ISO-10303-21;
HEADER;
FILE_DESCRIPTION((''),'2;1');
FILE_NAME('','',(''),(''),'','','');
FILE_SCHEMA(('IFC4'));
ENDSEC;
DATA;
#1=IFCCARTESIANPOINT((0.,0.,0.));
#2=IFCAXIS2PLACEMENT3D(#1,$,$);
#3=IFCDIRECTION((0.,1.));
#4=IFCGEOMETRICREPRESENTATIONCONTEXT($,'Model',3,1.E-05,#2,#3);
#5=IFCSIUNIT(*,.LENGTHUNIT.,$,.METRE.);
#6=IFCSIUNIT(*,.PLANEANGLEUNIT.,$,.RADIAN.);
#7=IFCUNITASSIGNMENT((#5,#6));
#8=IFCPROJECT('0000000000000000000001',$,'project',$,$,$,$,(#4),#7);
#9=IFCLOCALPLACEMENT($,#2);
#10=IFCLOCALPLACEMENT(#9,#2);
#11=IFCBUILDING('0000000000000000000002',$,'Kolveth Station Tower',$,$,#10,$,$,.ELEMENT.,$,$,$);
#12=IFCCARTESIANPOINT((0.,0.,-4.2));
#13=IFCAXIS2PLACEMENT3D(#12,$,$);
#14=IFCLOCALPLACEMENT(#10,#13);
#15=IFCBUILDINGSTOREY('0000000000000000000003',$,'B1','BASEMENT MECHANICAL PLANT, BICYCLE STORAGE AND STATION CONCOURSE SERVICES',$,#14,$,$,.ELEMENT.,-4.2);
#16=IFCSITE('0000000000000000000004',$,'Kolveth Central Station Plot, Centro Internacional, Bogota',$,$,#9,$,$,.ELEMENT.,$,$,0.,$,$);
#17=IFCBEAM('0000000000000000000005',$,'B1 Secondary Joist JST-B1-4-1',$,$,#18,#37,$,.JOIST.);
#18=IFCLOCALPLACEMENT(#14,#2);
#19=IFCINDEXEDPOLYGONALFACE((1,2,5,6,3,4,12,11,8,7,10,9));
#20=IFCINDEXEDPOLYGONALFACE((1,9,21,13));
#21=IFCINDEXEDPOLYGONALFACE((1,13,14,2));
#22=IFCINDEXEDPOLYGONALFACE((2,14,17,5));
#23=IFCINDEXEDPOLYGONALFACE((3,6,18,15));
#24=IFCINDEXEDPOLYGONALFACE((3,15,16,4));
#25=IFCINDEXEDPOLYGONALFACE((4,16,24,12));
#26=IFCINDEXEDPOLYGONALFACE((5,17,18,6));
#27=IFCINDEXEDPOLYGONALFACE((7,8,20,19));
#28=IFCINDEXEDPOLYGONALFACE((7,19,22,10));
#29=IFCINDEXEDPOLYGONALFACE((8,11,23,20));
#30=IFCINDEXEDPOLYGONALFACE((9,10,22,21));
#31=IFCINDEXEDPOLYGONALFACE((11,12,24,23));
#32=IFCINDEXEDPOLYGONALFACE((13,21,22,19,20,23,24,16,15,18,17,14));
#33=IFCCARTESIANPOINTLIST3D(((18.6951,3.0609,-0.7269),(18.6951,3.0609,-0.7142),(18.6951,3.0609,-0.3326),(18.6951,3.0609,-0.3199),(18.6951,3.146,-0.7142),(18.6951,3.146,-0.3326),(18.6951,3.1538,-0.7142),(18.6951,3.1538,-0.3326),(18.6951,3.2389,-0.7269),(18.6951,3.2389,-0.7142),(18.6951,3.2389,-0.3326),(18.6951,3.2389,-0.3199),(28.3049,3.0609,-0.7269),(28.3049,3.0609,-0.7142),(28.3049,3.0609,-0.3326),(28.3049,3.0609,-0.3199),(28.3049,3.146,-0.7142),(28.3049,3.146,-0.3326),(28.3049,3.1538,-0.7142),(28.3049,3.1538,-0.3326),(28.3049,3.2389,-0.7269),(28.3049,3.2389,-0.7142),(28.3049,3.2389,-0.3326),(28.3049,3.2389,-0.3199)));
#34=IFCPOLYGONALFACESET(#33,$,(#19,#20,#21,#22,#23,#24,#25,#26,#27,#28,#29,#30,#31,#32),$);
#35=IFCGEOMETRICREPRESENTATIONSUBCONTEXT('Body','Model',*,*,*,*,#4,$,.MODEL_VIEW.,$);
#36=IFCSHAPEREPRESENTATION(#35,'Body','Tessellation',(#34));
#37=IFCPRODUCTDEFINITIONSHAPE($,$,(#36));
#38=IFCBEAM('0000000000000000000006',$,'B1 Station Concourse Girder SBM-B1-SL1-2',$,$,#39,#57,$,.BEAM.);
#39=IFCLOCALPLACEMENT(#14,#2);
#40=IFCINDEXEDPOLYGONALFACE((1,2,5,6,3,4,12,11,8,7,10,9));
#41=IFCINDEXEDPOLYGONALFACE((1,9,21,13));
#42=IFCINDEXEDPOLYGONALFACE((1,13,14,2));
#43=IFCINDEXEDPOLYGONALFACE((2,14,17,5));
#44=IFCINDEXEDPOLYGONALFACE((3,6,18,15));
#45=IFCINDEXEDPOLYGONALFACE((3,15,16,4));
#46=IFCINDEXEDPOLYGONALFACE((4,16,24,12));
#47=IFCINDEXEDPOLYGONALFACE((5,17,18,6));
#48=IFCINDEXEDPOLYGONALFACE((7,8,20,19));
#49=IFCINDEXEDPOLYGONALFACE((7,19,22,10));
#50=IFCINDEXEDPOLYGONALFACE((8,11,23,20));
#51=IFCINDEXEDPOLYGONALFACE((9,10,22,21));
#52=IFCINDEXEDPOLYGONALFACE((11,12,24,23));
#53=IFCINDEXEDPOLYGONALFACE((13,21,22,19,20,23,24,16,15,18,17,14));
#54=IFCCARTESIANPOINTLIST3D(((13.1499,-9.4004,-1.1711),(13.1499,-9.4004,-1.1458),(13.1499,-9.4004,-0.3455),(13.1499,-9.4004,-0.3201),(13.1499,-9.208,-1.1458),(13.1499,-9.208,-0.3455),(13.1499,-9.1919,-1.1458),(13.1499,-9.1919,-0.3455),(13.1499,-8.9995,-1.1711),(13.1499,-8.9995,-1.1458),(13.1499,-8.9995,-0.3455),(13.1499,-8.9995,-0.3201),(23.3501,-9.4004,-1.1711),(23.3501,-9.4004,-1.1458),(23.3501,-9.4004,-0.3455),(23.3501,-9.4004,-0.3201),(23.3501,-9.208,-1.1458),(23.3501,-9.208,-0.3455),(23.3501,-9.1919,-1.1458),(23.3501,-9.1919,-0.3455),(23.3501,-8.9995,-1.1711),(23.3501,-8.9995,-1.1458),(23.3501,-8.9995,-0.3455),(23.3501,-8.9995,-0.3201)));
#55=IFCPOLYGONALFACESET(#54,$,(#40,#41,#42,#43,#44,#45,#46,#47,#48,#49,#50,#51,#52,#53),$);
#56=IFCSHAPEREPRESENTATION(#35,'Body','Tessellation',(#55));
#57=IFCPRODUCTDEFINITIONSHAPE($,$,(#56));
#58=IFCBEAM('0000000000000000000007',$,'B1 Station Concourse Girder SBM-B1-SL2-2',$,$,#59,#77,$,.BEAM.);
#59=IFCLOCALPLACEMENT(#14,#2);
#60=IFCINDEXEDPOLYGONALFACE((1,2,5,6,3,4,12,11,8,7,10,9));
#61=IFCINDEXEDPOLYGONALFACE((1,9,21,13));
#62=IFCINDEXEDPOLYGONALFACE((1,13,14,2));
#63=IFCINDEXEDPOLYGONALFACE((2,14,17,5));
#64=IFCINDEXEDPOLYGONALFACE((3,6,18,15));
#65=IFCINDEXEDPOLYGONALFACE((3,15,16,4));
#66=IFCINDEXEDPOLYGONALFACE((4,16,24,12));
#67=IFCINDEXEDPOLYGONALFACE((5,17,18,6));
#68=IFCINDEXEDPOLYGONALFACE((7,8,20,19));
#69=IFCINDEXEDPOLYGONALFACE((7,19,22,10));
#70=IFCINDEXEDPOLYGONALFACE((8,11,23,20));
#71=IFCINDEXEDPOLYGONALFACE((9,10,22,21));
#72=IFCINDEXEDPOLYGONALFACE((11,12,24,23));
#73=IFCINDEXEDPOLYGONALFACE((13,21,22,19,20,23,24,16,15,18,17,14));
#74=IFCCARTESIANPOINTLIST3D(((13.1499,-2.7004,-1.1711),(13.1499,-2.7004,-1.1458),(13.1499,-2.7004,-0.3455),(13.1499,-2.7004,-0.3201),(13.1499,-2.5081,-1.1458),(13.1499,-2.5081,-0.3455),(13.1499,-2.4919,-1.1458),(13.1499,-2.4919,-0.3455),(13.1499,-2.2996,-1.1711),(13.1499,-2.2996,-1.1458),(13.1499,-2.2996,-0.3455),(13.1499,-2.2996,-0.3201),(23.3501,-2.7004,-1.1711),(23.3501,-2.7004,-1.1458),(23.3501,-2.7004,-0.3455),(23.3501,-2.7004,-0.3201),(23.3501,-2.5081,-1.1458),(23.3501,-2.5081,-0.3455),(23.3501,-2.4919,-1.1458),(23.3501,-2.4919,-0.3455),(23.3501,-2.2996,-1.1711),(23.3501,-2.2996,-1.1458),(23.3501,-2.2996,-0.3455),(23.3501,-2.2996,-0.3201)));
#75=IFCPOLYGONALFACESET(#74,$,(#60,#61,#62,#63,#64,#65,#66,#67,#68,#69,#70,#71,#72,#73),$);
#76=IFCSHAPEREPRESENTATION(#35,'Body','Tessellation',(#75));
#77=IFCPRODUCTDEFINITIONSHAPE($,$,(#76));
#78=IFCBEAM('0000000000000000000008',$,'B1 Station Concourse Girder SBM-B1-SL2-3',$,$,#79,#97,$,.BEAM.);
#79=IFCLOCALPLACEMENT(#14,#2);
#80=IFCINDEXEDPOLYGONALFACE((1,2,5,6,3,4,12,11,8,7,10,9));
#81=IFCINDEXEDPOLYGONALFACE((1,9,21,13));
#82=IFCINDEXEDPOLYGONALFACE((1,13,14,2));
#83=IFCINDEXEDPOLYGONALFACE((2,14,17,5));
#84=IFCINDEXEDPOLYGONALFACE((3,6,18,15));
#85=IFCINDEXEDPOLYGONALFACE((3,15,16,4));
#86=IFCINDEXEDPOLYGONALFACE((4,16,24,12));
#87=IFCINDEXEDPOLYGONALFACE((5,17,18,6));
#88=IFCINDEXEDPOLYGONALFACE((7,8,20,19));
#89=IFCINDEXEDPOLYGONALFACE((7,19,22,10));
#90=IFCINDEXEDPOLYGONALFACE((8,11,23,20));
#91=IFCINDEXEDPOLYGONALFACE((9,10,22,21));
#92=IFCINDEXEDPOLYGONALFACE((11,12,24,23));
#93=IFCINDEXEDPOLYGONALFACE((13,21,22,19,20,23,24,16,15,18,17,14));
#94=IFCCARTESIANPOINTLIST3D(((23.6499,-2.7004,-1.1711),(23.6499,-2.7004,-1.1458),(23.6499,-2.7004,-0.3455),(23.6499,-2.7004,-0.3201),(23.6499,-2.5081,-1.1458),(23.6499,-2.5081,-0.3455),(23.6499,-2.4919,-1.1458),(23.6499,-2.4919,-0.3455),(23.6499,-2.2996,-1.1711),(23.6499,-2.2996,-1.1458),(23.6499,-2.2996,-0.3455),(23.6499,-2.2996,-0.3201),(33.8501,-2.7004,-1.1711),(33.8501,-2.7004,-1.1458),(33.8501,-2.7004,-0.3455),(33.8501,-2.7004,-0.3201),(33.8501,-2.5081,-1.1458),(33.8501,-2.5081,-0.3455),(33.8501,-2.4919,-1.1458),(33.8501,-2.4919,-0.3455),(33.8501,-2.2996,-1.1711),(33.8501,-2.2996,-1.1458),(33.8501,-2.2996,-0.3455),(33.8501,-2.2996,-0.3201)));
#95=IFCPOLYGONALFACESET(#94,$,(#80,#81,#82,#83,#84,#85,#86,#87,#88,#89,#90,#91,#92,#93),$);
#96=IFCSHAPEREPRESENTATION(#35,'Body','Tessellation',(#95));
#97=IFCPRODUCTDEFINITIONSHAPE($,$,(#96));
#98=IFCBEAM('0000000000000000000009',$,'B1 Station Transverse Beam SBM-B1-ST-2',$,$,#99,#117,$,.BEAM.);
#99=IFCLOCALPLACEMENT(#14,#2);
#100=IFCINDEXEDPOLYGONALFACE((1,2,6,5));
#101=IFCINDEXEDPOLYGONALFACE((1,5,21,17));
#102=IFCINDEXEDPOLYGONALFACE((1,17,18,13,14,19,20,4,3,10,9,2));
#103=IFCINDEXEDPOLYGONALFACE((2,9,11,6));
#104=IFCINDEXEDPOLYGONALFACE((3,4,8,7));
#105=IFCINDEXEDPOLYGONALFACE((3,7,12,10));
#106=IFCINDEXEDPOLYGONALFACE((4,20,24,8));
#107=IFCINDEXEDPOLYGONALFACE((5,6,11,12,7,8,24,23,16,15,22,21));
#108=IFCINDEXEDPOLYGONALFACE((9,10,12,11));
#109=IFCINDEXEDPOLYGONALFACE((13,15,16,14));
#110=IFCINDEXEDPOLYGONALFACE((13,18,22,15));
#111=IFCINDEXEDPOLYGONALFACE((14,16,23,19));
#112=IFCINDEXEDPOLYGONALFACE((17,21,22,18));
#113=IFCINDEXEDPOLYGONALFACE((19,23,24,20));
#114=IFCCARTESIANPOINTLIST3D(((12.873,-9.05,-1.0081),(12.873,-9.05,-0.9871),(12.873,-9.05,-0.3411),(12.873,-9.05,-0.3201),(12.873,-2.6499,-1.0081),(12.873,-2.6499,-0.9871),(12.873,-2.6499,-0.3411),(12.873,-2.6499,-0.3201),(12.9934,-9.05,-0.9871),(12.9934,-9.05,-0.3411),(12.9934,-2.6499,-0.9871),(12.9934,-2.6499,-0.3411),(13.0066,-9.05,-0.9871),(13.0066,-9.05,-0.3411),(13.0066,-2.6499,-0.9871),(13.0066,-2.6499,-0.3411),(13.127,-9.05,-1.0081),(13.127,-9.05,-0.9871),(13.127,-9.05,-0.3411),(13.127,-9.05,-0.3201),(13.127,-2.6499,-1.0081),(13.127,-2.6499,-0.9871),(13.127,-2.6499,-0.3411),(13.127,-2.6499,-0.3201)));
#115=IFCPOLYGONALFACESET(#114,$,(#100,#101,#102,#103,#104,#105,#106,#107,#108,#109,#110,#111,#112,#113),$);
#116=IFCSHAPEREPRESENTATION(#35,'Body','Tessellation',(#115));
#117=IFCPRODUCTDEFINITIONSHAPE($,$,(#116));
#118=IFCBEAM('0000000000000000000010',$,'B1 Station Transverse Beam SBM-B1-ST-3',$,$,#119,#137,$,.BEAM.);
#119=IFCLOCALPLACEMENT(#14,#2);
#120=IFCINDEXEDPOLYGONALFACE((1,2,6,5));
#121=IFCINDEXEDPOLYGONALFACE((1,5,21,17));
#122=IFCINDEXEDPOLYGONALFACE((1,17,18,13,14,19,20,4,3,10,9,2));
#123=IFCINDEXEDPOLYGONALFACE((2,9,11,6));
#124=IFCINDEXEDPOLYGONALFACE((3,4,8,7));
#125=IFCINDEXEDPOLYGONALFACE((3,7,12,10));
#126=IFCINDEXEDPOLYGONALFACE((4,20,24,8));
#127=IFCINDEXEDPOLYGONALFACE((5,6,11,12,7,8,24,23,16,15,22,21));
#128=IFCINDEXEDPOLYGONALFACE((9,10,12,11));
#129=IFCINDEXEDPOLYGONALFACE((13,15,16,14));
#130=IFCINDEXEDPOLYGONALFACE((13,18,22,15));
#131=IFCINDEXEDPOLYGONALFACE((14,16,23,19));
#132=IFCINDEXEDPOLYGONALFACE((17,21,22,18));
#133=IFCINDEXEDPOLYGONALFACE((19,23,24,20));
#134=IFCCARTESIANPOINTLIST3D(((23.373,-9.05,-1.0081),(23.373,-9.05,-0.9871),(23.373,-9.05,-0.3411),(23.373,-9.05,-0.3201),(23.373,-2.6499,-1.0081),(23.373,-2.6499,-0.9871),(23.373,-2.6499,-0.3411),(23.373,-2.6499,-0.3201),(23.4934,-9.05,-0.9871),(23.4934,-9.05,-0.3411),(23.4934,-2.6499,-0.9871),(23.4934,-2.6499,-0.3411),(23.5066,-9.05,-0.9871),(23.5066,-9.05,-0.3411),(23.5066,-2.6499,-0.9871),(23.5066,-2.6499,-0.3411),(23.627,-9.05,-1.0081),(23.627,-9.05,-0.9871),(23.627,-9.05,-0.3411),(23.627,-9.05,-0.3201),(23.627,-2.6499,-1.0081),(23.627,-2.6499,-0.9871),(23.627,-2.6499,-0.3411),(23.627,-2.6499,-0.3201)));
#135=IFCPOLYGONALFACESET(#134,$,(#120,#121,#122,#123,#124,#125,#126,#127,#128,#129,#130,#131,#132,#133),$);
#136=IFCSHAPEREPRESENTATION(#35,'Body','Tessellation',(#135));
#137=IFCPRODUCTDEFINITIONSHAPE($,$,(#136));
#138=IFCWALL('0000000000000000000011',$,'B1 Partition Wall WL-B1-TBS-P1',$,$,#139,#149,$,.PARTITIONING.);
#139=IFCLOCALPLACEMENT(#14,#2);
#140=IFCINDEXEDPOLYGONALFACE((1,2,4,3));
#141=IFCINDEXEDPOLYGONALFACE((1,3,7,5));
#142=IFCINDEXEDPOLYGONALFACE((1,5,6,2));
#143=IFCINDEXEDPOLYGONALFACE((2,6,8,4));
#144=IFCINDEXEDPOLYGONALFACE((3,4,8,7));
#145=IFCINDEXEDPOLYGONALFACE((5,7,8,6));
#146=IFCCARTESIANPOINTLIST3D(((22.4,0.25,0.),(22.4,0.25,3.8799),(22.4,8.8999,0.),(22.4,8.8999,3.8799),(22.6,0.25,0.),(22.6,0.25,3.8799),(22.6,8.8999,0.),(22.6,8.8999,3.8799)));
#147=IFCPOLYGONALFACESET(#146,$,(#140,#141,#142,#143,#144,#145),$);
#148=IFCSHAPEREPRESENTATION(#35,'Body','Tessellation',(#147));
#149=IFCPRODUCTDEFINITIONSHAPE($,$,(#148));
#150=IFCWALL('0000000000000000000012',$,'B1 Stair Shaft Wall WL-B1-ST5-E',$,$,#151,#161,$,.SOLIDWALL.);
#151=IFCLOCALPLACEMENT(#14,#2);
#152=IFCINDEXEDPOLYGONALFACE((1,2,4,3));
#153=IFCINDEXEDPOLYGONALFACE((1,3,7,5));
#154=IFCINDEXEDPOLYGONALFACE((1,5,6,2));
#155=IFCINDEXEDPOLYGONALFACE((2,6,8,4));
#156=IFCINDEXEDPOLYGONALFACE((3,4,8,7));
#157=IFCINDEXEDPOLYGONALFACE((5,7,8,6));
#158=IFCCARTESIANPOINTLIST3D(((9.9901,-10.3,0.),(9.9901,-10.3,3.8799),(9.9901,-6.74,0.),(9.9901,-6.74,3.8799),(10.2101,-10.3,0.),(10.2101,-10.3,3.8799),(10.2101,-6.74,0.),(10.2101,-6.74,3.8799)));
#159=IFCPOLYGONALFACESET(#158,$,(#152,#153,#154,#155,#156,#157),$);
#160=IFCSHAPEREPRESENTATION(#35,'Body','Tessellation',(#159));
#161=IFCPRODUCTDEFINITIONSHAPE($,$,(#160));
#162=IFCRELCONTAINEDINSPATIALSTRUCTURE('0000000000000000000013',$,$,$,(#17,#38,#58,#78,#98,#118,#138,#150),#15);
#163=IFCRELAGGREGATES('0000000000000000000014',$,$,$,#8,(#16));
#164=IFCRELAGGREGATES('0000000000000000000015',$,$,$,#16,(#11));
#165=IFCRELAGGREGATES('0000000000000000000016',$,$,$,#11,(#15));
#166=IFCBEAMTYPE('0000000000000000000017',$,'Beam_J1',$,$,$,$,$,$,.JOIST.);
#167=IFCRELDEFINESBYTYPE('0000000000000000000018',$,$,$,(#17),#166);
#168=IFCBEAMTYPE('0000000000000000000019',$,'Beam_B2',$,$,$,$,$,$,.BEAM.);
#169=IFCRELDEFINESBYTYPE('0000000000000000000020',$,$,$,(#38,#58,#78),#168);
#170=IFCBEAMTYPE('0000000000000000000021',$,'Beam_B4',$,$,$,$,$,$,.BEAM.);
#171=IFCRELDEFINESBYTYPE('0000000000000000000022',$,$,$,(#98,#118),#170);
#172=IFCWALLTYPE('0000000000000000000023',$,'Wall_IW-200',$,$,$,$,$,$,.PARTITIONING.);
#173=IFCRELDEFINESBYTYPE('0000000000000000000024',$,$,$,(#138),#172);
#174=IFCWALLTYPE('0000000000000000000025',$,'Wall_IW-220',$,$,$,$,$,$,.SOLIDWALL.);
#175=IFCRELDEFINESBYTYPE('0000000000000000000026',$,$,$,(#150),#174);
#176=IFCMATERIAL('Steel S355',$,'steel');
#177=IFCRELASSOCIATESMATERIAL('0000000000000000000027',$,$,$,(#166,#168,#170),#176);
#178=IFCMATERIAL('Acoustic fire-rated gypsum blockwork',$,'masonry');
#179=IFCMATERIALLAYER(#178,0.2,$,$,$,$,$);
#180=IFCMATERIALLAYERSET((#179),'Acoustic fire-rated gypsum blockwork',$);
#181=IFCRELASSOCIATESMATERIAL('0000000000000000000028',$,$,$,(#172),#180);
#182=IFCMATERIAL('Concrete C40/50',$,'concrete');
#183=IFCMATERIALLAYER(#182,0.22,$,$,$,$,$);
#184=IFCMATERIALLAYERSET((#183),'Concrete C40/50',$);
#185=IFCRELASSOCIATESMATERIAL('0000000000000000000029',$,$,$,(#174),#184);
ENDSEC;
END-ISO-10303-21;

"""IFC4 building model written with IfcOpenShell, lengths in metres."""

from ifc_helpers import new_model, si_unit, direction, frame, frame_2d, origin, origin_2d, place, context, subcontext, project, spatial, rectangle, i_section, extrude, source, transform, mapped, material, layer, layer_set, material_profile, profile_set, type_object, element, save


model = new_model("IFC4")

# Units and contexts
model_context = context("Model", 3, precision=1e-05, world=origin(), true_north=direction((0.0, 1.0)))
body_context = subcontext(model_context, "Body", "Model", "MODEL_VIEW")
ifc_project = project(units=[si_unit("LENGTHUNIT", "METRE"), si_unit("PLANEANGLEUNIT", "RADIAN")], contexts=[model_context])

# Site, building, storey
site_placement = place(None, origin())
site = spatial("IfcSite", under=ifc_project, at=site_placement, Name="Kolveth Central Station Plot, Centro Internacional, Bogota", CompositionType="ELEMENT", RefElevation=0.0)
building_placement = place(site_placement, origin())
building = spatial("IfcBuilding", under=site, at=building_placement, Name="Kolveth Station Tower", CompositionType="ELEMENT")
storey_placement = place(building_placement, frame((0.0, 0.0, -4.2)))
storey = spatial("IfcBuildingStorey", under=building, at=storey_placement, Name="B1", Description="BASEMENT MECHANICAL PLANT, BICYCLE STORAGE AND STATION CONCOURSE SERVICES", CompositionType="ELEMENT", Elevation=-4.2)

# Shared definitions
ifc_material_1 = material(Name="Steel S355", Category="steel")

# Beams
ifc_material_profile_1 = material_profile(ifc_material_1, i_section(OverallWidth=0.178, OverallDepth=0.407, WebThickness=0.0078, FlangeThickness=0.0127, at=origin_2d()), Name="W410x60")
ifc_profile_set_1 = profile_set([ifc_material_profile_1], Name="Steel S355")
beam_type_1 = type_object("IfcBeamType", Name="Beam_J1", PredefinedType="JOIST", material=ifc_profile_set_1)
shared_shape_1 = source(origin(), body_context, "Body", "SweptSolid", [
    extrude(i_section(OverallWidth=0.178, OverallDepth=0.407, WebThickness=0.0078, FlangeThickness=0.0127, at=origin_2d()), origin(), (0.0, 0.0, 1.0), 9.6099),
])
beam_1_placement = place(storey_placement, frame((18.6951, 3.1499, -0.5234), z_axis=(1.0, 0.0, 0.0), x_axis=(0.0, 1.0, 0.0)))
element("IfcBeam", 1, at=beam_1_placement, inside=storey, type_object=beam_type_1, Name="B1 Secondary Joist JST-B1-4-1", PredefinedType="JOIST", context=body_context, shape_type="MappedRepresentation", body=[
    mapped(shared_shape_1, transform((0.0, 0.0, 0.0), x_axis=(1.0, 0.0, 0.0), y_axis=(0.0, 1.0, 0.0), z_axis=(0.0, 0.0, 1.0), scale=1.0)),
])
ifc_material_profile_2 = material_profile(ifc_material_1, i_section(OverallWidth=0.4009, OverallDepth=0.8511, WebThickness=0.0161, FlangeThickness=0.0254, at=origin_2d()), Name="W840x226")
ifc_profile_set_2 = profile_set([ifc_material_profile_2], Name="Steel S355")
beam_type_2 = type_object("IfcBeamType", Name="Beam_B2", PredefinedType="BEAM", material=ifc_profile_set_2)
shared_shape_2 = source(origin(), body_context, "Body", "SweptSolid", [
    extrude(i_section(OverallWidth=0.4009, OverallDepth=0.8511, WebThickness=0.0161, FlangeThickness=0.0254, at=origin_2d()), origin(), (0.0, 0.0, 1.0), 10.2002),
])
for number, where, z_axis, x_axis, name in (
    (2, (13.1499, -9.2, -0.7456), (1.0, 0.0, 0.0), (0.0, 1.0, 0.0), "B1 Station Concourse Girder SBM-B1-SL1-2"),
    (3, (13.1499, -2.5, -0.7456), (1.0, 0.0, 0.0), (0.0, 1.0, 0.0), "B1 Station Concourse Girder SBM-B1-SL2-2"),
    (4, (23.6499, -2.5, -0.7456), (1.0, 0.0, 0.0), (0.0, 1.0, 0.0), "B1 Station Concourse Girder SBM-B1-SL2-3"),
):
    element("IfcBeam", number, at=place(storey_placement, frame(where, z_axis=z_axis, x_axis=x_axis)), inside=storey, type_object=beam_type_2, Name=name, PredefinedType="BEAM", context=body_context, shape_type="MappedRepresentation", body=[
        mapped(shared_shape_2, transform((0.0, 0.0, 0.0), x_axis=(1.0, 0.0, 0.0), y_axis=(0.0, 1.0, 0.0), z_axis=(0.0, 0.0, 1.0), scale=1.0)),
    ])
ifc_material_profile_3 = material_profile(ifc_material_1, i_section(OverallWidth=0.2539, OverallDepth=0.688, WebThickness=0.0132, FlangeThickness=0.021, at=origin_2d()), Name="W690x152")
ifc_profile_set_3 = profile_set([ifc_material_profile_3], Name="Steel S355")
beam_type_3 = type_object("IfcBeamType", Name="Beam_B4", PredefinedType="BEAM", material=ifc_profile_set_3)
shared_shape_3 = source(origin(), body_context, "Body", "SweptSolid", [
    extrude(i_section(OverallWidth=0.2539, OverallDepth=0.688, WebThickness=0.0132, FlangeThickness=0.021, at=origin_2d()), origin(), (0.0, 0.0, 1.0), 6.4001),
])
for number, where, z_axis, x_axis, name in (
    (5, (13.0, -9.05, -0.6641), (0.0, 1.0, 0.0), (-1.0, 0.0, 0.0), "B1 Station Transverse Beam SBM-B1-ST-2"),
    (6, (23.5, -9.05, -0.6641), (0.0, 1.0, 0.0), (-1.0, 0.0, 0.0), "B1 Station Transverse Beam SBM-B1-ST-3"),
):
    element("IfcBeam", number, at=place(storey_placement, frame(where, z_axis=z_axis, x_axis=x_axis)), inside=storey, type_object=beam_type_3, Name=name, PredefinedType="BEAM", context=body_context, shape_type="MappedRepresentation", body=[
        mapped(shared_shape_3, transform((0.0, 0.0, 0.0), x_axis=(1.0, 0.0, 0.0), y_axis=(0.0, 1.0, 0.0), z_axis=(0.0, 0.0, 1.0), scale=1.0)),
    ])

# Walls
ifc_material_2 = material(Name="Acoustic fire-rated gypsum blockwork", Category="masonry")
ifc_layer_1 = layer(ifc_material_2, 0.2)
ifc_layer_set_1 = layer_set([ifc_layer_1], Name="Acoustic fire-rated gypsum blockwork")
wall_type_1 = type_object("IfcWallType", Name="Wall_IW-200", PredefinedType="PARTITIONING", material=ifc_layer_set_1)
wall_1_placement = place(storey_placement, frame((22.5, 0.25, 0.0), z_axis=(0.0, 0.0, 1.0), x_axis=(0.0, 1.0, 0.0)))
element("IfcWall", 7, at=wall_1_placement, inside=storey, type_object=wall_type_1, Name="B1 Partition Wall WL-B1-TBS-P1", PredefinedType="PARTITIONING", context=body_context, shape_type="SweptSolid", body=[
    extrude(rectangle(XDim=8.6499, YDim=0.2, at=frame_2d((4.325, 0.0))), origin(), (0.0, 0.0, 1.0), 3.8799),
])
ifc_material_3 = material(Name="Concrete C40/50", Category="concrete")
ifc_layer_2 = layer(ifc_material_3, 0.22)
ifc_layer_set_2 = layer_set([ifc_layer_2], Name="Concrete C40/50")
wall_type_2 = type_object("IfcWallType", Name="Wall_IW-220", PredefinedType="SOLIDWALL", material=ifc_layer_set_2)
wall_2_placement = place(storey_placement, frame((10.1001, -10.3, 0.0), z_axis=(0.0, 0.0, 1.0), x_axis=(0.0, 1.0, 0.0)))
element("IfcWall", 8, at=wall_2_placement, inside=storey, type_object=wall_type_2, Name="B1 Stair Shaft Wall WL-B1-ST5-E", PredefinedType="SOLIDWALL", context=body_context, shape_type="SweptSolid", body=[
    extrude(rectangle(XDim=3.5601, YDim=0.22, at=frame_2d((1.78, 0.0))), origin(), (0.0, 0.0, 1.0), 3.8799),
])

save(model, "model.ifc")
